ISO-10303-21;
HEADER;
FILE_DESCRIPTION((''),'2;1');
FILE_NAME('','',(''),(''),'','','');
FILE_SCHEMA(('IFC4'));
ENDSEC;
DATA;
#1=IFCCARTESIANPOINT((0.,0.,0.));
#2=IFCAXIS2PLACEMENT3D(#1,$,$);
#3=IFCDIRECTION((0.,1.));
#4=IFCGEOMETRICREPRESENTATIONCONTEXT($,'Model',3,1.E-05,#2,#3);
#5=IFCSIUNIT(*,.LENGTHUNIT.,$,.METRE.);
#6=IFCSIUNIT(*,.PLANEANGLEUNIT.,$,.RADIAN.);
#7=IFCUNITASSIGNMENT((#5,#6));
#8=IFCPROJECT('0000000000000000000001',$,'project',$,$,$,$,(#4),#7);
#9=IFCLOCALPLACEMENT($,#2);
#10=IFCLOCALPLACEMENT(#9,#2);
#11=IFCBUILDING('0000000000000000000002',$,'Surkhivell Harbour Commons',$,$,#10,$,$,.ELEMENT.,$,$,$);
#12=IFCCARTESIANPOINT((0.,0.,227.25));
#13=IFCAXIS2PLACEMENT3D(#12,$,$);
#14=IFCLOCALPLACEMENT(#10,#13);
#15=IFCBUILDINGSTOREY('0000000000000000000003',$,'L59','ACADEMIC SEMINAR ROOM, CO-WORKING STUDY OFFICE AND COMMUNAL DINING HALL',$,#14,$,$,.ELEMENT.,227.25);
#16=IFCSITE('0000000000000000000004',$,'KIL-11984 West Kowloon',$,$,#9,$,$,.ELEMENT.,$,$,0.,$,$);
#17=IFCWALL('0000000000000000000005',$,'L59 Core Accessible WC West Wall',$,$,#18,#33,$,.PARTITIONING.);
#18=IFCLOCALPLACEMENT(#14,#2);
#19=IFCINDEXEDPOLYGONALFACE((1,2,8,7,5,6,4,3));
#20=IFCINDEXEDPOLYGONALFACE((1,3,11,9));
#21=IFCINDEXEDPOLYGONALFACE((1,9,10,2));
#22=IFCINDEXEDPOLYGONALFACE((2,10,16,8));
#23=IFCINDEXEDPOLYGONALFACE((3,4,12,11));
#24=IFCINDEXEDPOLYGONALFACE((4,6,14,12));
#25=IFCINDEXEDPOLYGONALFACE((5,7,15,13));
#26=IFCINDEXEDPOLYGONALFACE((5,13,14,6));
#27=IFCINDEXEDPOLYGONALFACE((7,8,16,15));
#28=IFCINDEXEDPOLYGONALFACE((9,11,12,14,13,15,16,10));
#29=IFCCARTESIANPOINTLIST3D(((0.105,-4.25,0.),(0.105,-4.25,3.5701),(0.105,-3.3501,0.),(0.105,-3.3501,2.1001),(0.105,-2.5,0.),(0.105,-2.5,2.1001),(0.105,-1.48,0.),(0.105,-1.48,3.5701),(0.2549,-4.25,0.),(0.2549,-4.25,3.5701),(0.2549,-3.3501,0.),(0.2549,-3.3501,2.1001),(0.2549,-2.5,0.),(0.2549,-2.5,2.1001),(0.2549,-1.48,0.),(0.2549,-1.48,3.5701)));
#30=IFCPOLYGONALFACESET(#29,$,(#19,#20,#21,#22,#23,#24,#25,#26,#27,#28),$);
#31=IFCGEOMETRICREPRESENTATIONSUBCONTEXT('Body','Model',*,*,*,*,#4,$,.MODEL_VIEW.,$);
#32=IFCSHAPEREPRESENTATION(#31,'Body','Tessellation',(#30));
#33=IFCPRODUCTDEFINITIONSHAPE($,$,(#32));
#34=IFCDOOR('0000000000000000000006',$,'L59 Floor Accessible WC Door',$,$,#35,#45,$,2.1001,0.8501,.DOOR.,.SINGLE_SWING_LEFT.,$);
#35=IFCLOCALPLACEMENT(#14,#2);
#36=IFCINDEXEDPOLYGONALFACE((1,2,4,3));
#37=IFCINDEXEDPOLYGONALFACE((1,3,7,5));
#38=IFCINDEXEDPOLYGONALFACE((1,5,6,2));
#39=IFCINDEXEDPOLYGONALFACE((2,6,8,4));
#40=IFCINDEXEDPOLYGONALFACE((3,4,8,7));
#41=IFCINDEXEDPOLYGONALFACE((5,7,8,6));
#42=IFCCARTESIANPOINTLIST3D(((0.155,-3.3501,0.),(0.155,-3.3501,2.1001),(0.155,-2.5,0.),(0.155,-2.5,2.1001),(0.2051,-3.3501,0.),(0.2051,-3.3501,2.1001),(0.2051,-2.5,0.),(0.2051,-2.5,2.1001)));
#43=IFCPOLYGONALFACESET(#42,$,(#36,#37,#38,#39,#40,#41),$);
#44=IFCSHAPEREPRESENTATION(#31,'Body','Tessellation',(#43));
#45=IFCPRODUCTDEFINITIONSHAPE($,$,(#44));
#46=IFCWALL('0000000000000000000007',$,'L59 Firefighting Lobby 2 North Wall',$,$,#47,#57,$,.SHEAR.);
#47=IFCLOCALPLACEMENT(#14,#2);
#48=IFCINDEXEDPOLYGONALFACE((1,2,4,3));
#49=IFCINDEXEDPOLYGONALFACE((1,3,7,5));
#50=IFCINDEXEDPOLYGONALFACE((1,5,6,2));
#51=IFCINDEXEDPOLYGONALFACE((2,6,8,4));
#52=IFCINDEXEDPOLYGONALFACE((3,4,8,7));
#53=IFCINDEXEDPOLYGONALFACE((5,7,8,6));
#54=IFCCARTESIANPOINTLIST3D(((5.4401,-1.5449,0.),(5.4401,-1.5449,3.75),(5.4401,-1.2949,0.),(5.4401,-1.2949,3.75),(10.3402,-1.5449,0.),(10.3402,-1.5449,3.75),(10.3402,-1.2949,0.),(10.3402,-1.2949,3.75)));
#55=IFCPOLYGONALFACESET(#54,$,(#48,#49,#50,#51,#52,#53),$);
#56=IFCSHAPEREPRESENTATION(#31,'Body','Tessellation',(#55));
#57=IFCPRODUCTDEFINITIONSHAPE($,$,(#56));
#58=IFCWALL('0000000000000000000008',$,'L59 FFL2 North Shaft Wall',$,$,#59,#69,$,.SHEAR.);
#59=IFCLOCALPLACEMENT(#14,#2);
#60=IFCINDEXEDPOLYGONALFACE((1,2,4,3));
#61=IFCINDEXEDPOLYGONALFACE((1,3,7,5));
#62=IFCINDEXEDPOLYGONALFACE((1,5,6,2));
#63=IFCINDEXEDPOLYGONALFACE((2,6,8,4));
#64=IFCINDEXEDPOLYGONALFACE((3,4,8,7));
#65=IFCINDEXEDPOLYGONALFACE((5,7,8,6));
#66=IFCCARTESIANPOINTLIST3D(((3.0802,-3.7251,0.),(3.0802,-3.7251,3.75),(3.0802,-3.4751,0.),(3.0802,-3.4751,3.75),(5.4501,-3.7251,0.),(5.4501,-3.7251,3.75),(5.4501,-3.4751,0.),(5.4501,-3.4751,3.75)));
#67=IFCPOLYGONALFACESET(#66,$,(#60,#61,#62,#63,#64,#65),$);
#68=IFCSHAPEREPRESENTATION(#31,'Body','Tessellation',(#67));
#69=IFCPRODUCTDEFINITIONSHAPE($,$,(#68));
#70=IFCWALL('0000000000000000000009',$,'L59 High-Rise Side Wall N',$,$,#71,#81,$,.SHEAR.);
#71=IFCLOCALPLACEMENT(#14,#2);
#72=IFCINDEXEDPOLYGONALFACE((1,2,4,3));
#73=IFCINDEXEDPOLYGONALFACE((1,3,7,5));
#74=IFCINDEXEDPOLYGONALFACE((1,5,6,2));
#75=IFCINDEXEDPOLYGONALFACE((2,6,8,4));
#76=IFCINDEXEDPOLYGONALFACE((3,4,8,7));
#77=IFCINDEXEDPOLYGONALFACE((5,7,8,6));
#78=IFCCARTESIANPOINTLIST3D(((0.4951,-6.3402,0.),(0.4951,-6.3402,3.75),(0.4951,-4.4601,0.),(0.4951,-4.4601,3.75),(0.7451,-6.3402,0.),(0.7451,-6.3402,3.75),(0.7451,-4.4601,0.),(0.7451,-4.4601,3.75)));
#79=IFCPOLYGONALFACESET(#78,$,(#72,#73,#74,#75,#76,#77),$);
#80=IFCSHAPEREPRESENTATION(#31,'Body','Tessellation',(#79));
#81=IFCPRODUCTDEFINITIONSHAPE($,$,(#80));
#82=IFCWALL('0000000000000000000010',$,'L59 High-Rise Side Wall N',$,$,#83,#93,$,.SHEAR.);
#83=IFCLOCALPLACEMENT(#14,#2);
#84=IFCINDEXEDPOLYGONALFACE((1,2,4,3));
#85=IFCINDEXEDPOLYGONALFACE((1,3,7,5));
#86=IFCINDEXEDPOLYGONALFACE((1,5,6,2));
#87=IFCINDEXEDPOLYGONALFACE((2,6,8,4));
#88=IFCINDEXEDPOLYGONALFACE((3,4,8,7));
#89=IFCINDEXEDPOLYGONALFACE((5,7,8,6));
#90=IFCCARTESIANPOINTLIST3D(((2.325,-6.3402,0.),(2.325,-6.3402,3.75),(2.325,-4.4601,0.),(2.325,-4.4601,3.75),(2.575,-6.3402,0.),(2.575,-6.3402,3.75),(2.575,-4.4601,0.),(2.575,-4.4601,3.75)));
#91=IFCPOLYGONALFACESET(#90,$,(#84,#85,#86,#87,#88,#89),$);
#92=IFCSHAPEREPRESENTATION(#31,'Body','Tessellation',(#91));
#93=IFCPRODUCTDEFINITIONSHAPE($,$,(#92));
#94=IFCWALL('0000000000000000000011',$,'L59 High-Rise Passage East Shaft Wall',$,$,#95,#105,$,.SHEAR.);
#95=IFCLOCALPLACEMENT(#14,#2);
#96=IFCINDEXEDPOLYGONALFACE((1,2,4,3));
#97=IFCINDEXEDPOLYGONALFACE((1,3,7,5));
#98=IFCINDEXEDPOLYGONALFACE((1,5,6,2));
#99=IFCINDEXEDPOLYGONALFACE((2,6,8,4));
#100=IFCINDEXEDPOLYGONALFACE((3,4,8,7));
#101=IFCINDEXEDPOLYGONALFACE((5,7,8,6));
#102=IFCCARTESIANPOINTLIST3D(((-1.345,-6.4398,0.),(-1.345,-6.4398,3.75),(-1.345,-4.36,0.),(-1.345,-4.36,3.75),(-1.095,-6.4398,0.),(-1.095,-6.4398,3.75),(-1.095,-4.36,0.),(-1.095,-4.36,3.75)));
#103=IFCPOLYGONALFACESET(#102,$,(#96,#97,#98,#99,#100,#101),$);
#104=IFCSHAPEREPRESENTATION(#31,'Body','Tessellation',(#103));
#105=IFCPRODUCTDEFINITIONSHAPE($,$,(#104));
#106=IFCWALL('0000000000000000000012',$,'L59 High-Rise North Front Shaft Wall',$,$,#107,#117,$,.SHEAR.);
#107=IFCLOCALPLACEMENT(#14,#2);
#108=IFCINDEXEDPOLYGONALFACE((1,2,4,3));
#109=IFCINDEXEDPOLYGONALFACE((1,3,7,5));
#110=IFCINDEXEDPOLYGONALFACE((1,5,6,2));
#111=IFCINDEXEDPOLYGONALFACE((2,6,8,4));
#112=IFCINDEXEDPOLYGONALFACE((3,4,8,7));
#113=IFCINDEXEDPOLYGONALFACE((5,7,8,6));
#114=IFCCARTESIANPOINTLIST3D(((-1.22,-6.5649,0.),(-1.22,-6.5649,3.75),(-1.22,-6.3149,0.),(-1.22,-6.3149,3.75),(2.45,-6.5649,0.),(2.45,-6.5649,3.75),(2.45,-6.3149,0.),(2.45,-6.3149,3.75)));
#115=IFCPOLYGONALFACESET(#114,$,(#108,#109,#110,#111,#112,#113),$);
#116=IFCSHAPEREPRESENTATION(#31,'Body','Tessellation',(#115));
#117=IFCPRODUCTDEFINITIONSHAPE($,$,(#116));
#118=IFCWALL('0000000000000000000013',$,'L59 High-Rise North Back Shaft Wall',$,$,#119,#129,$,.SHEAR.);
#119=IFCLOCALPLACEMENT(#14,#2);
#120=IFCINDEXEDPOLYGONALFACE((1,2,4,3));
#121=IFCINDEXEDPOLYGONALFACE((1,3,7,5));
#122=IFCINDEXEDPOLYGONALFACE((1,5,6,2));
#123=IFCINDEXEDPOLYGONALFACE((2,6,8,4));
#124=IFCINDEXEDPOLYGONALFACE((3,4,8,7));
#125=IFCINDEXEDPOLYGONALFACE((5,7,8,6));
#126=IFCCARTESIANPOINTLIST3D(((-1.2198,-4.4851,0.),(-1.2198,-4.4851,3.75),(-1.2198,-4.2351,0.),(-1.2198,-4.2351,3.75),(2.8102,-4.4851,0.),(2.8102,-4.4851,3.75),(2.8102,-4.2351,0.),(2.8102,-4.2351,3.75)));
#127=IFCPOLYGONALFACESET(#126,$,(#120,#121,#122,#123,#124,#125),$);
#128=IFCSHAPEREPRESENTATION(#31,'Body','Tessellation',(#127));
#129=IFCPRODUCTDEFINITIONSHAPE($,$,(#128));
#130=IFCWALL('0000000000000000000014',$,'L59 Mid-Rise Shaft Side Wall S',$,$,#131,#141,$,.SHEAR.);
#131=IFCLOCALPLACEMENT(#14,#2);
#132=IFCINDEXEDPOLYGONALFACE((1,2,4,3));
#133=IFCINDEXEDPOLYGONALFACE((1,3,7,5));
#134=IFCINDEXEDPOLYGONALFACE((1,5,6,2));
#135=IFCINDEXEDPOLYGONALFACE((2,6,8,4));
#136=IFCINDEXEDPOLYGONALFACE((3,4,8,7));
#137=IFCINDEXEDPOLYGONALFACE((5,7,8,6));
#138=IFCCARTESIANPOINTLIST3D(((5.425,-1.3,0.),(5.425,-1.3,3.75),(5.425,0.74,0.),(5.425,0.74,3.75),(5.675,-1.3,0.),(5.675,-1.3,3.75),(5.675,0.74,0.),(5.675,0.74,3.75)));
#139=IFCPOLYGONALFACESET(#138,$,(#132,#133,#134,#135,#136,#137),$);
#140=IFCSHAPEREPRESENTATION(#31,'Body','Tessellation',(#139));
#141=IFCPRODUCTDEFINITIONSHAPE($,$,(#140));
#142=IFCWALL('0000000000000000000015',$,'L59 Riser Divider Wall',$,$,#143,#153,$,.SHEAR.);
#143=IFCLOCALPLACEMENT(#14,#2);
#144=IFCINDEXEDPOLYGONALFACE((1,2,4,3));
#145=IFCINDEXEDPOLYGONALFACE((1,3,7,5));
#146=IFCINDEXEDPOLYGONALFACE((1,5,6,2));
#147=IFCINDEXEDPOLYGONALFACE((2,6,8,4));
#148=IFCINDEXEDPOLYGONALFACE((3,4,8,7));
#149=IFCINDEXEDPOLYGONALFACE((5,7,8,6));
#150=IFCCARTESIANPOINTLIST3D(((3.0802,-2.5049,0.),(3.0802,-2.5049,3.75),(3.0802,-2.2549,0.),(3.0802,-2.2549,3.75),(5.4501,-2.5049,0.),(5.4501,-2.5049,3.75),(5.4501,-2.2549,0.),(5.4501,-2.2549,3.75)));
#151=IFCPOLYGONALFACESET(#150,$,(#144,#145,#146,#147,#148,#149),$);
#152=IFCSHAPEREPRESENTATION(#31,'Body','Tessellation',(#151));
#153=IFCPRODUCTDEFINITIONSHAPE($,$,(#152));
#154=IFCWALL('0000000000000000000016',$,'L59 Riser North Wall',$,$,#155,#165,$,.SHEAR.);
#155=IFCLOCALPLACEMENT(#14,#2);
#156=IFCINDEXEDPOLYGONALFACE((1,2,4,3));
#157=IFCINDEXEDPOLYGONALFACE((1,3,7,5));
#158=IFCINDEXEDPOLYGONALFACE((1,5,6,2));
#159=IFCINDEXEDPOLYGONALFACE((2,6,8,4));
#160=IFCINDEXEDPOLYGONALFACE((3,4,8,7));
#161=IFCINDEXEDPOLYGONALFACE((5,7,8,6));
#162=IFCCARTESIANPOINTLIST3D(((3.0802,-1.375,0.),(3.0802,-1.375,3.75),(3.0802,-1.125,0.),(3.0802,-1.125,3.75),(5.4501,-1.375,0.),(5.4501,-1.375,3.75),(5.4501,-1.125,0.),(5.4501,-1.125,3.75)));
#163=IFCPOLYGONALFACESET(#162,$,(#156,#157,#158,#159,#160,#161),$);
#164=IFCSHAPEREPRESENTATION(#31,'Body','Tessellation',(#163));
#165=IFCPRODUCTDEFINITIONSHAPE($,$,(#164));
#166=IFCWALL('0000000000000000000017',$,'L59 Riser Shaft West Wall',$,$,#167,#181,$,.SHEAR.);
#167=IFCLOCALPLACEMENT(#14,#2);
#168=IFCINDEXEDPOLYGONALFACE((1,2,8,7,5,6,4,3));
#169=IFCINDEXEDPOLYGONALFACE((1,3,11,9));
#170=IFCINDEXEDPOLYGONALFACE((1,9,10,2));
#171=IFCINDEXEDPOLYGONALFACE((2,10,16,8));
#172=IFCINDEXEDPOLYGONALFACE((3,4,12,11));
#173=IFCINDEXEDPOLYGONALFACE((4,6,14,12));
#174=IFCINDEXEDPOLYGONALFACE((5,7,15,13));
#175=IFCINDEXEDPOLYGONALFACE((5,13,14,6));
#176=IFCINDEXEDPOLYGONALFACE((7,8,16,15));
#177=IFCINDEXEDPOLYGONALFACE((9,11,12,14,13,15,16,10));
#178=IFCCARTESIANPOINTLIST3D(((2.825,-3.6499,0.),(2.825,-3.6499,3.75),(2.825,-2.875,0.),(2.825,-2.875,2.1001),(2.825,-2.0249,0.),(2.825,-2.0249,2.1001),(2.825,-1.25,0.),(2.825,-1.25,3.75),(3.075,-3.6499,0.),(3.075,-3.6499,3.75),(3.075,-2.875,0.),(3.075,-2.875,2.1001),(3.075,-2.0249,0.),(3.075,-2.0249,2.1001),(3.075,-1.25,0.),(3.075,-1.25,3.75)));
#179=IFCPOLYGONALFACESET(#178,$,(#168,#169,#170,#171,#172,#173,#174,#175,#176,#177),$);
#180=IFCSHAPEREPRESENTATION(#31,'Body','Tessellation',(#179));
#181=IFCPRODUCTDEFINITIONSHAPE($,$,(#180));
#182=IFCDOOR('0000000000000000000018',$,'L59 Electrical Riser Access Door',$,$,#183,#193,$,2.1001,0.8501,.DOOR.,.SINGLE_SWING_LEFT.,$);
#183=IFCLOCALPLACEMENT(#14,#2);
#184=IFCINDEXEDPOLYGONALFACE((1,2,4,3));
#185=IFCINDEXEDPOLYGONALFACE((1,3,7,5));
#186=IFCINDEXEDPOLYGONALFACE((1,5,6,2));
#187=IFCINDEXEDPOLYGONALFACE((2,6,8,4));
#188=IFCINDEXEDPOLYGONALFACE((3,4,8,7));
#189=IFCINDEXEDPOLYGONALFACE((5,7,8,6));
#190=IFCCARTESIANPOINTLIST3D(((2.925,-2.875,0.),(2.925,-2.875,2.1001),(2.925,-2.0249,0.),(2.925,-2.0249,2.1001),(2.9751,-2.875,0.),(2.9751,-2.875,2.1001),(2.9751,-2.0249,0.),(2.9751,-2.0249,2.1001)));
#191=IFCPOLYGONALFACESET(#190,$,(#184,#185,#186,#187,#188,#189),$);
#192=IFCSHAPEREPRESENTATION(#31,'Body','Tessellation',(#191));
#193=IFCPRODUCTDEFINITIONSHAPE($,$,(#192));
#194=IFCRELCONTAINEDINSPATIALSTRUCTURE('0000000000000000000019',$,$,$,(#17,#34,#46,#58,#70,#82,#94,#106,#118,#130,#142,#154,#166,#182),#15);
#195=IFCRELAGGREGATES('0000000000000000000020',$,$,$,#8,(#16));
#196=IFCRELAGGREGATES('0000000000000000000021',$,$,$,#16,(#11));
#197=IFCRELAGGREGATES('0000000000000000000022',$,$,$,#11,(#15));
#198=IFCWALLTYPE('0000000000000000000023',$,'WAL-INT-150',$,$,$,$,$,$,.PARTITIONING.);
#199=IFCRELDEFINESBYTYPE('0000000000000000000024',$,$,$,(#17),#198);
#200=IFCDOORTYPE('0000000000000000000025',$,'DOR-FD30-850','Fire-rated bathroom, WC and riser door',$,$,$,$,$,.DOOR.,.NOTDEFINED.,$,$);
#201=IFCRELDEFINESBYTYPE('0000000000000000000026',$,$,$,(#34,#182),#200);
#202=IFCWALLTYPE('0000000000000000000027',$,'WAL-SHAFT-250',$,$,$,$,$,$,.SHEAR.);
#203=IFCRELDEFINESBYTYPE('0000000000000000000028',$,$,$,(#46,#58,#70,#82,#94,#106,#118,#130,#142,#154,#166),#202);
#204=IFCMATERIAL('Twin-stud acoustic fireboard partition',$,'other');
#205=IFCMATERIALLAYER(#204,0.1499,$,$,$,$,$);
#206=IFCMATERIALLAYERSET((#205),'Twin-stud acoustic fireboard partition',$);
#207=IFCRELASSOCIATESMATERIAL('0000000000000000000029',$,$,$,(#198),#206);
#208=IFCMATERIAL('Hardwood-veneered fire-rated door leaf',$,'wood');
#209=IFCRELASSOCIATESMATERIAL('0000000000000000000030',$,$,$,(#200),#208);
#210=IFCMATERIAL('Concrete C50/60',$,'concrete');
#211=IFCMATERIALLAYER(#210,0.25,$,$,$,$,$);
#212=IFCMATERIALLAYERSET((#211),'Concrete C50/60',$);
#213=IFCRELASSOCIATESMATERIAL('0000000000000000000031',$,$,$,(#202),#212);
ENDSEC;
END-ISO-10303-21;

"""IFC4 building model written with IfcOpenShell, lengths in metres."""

from ifc_helpers import new_model, si_unit, direction, frame, frame_2d, origin, place, context, subcontext, project, spatial, rectangle, extrude, material, layer, layer_set, type_object, element, fill, save


model = new_model("IFC4")

# Units and contexts
model_context = context("Model", 3, precision=1e-05, world=origin(), true_north=direction((0.0, 1.0)))
body_context = subcontext(model_context, "Body", "Model", "MODEL_VIEW")
ifc_project = project(units=[si_unit("LENGTHUNIT", "METRE"), si_unit("PLANEANGLEUNIT", "RADIAN")], contexts=[model_context])

# Site, building, storey
site_placement = place(None, origin())
site = spatial("IfcSite", under=ifc_project, at=site_placement, Name="KIL-11984 West Kowloon", CompositionType="ELEMENT", RefElevation=0.0)
building_placement = place(site_placement, origin())
building = spatial("IfcBuilding", under=site, at=building_placement, Name="Surkhivell Harbour Commons", CompositionType="ELEMENT")
storey_placement = place(building_placement, frame((0.0, 0.0, 227.25)))
storey = spatial("IfcBuildingStorey", under=building, at=storey_placement, Name="L59", Description="ACADEMIC SEMINAR ROOM, CO-WORKING STUDY OFFICE AND COMMUNAL DINING HALL", CompositionType="ELEMENT", Elevation=227.25)

# Shared definitions
ifc_material_1 = material(Name="Twin-stud acoustic fireboard partition", Category="other")
ifc_layer_1 = layer(ifc_material_1, 0.1499)
ifc_layer_set_1 = layer_set([ifc_layer_1], Name="Twin-stud acoustic fireboard partition")
wall_type_1 = type_object("IfcWallType", Name="WAL-INT-150", PredefinedType="PARTITIONING", material=ifc_layer_set_1)

# Wall, opening, door
wall_1_placement = place(storey_placement, frame((0.1799, -4.25, 0.0), z_axis=(0.0, 0.0, 1.0), x_axis=(0.0, 1.0, 0.0)))
wall_1 = element("IfcWall", 1, at=wall_1_placement, inside=storey, type_object=wall_type_1, Name="L59 Core Accessible WC West Wall", PredefinedType="PARTITIONING", context=body_context, shape_type="SweptSolid", body=[
    extrude(rectangle(XDim=2.77, YDim=0.1499, at=frame_2d((1.385, 0.0))), origin(), (0.0, 0.0, 1.0), 3.5701),
])
opening_1_placement = place(wall_1_placement, frame((0.8999, 0.0, 0.0)))
opening_1 = element("IfcOpeningElement", 2, at=opening_1_placement, cuts=wall_1, PredefinedType="OPENING", context=body_context, shape_type="SweptSolid", body=[
    extrude(rectangle(XDim=0.8501, YDim=2.1001, at=frame_2d((0.425, 1.05))), frame((0.0, 0.085, 0.0), z_axis=(0.0, -1.0, 0.0), x_axis=(1.0, 0.0, 0.0)), (0.0, 0.0, 1.0), 0.1699),
])
ifc_material_2 = material(Name="Hardwood-veneered fire-rated door leaf", Category="wood")
door_type = type_object("IfcDoorType", Name="DOR-FD30-850", Description="Fire-rated bathroom, WC and riser door", OperationType="NOTDEFINED", PredefinedType="DOOR", material=ifc_material_2)
door_1_placement = place(opening_1_placement, origin())
door_1 = element("IfcDoor", 3, at=door_1_placement, inside=storey, type_object=door_type, Name="L59 Floor Accessible WC Door", OperationType="SINGLE_SWING_LEFT", OverallHeight=2.1001, OverallWidth=0.8501, PredefinedType="DOOR", context=body_context, shape_type="SweptSolid", body=[
    extrude(rectangle(XDim=0.8501, YDim=2.1001, at=frame_2d((0.425, 1.05))), frame((0.0, 0.0249, 0.0), z_axis=(0.0, -1.0, 0.0), x_axis=(1.0, 0.0, 0.0)), (0.0, 0.0, 1.0), 0.05),
])
fill(opening_1, door_1)

# Walls
ifc_material_3 = material(Name="Concrete C50/60", Category="concrete")
ifc_layer_2 = layer(ifc_material_3, 0.25)
ifc_layer_set_2 = layer_set([ifc_layer_2], Name="Concrete C50/60")
wall_type_2 = type_object("IfcWallType", Name="WAL-SHAFT-250", PredefinedType="SHEAR", material=ifc_layer_set_2)
wall_2_placement = place(storey_placement, frame((5.4399, -1.4199, 0.0), z_axis=(0.0, 0.0, 1.0), x_axis=(1.0, 0.0, 0.0)))
element("IfcWall", 4, at=wall_2_placement, inside=storey, type_object=wall_type_2, Name="L59 Firefighting Lobby 2 North Wall", PredefinedType="SHEAR", context=body_context, shape_type="SweptSolid", body=[
    extrude(rectangle(XDim=4.9001, YDim=0.25, at=frame_2d((2.4502, 0.0))), origin(), (0.0, 0.0, 1.0), 3.75),
])
wall_3_placement = place(storey_placement, frame((3.0801, -3.6001, 0.0), z_axis=(0.0, 0.0, 1.0), x_axis=(1.0, 0.0, 0.0)))
element("IfcWall", 5, at=wall_3_placement, inside=storey, type_object=wall_type_2, Name="L59 FFL2 North Shaft Wall", PredefinedType="SHEAR", context=body_context, shape_type="SweptSolid", body=[
    extrude(rectangle(XDim=2.3699, YDim=0.25, at=frame_2d((1.1851, 0.0))), origin(), (0.0, 0.0, 1.0), 3.75),
])
for number, where, z_axis, x_axis, name in (
    (6, (0.6201, -6.3401, 0.0), (0.0, 0.0, 1.0), (0.0, 1.0, 0.0), "L59 High-Rise Side Wall N"),
    (7, (2.45, -6.3401, 0.0), (0.0, 0.0, 1.0), (0.0, 1.0, 0.0), "L59 High-Rise Side Wall N"),
):
    element("IfcWall", number, at=place(storey_placement, frame(where, z_axis=z_axis, x_axis=x_axis)), inside=storey, type_object=wall_type_2, Name=name, PredefinedType="SHEAR", context=body_context, shape_type="SweptSolid", body=[
        extrude(rectangle(XDim=1.8801, YDim=0.25, at=frame_2d((0.9399, 0.0))), origin(), (0.0, 0.0, 1.0), 3.75),
    ])
wall_4_placement = place(storey_placement, frame((-1.22, -6.4399, 0.0), z_axis=(0.0, 0.0, 1.0), x_axis=(0.0, 1.0, 0.0)))
element("IfcWall", 8, at=wall_4_placement, inside=storey, type_object=wall_type_2, Name="L59 High-Rise Passage East Shaft Wall", PredefinedType="SHEAR", context=body_context, shape_type="SweptSolid", body=[
    extrude(rectangle(XDim=2.0798, YDim=0.25, at=frame_2d((1.04, 0.0))), origin(), (0.0, 0.0, 1.0), 3.75),
])
wall_5_placement = place(storey_placement, frame((-1.22, -6.4399, 0.0), z_axis=(0.0, 0.0, 1.0), x_axis=(1.0, 0.0, 0.0)))
element("IfcWall", 9, at=wall_5_placement, inside=storey, type_object=wall_type_2, Name="L59 High-Rise North Front Shaft Wall", PredefinedType="SHEAR", context=body_context, shape_type="SweptSolid", body=[
    extrude(rectangle(XDim=3.6699, YDim=0.25, at=frame_2d((1.835, 0.0))), origin(), (0.0, 0.0, 1.0), 3.75),
])
wall_6_placement = place(storey_placement, frame((-1.22, -4.3601, 0.0), z_axis=(0.0, 0.0, 1.0), x_axis=(1.0, 0.0, 0.0)))
element("IfcWall", 10, at=wall_6_placement, inside=storey, type_object=wall_type_2, Name="L59 High-Rise North Back Shaft Wall", PredefinedType="SHEAR", context=body_context, shape_type="SweptSolid", body=[
    extrude(rectangle(XDim=4.03, YDim=0.25, at=frame_2d((2.0151, 0.0))), origin(), (0.0, 0.0, 1.0), 3.75),
])
wall_7_placement = place(storey_placement, frame((5.55, -1.3, 0.0), z_axis=(0.0, 0.0, 1.0), x_axis=(0.0, 1.0, 0.0)))
element("IfcWall", 11, at=wall_7_placement, inside=storey, type_object=wall_type_2, Name="L59 Mid-Rise Shaft Side Wall S", PredefinedType="SHEAR", context=body_context, shape_type="SweptSolid", body=[
    extrude(rectangle(XDim=2.04, YDim=0.25, at=frame_2d((1.02, 0.0))), origin(), (0.0, 0.0, 1.0), 3.75),
])
for number, where, z_axis, x_axis, name in (
    (12, (3.0801, -2.3799, 0.0), (0.0, 0.0, 1.0), (1.0, 0.0, 0.0), "L59 Riser Divider Wall"),
    (13, (3.0801, -1.25, 0.0), (0.0, 0.0, 1.0), (1.0, 0.0, 0.0), "L59 Riser North Wall"),
):
    element("IfcWall", number, at=place(storey_placement, frame(where, z_axis=z_axis, x_axis=x_axis)), inside=storey, type_object=wall_type_2, Name=name, PredefinedType="SHEAR", context=body_context, shape_type="SweptSolid", body=[
        extrude(rectangle(XDim=2.3699, YDim=0.25, at=frame_2d((1.1851, 0.0))), origin(), (0.0, 0.0, 1.0), 3.75),
    ])

# Wall, opening, door
wall_8_placement = place(storey_placement, frame((2.95, -3.6499, 0.0), z_axis=(0.0, 0.0, 1.0), x_axis=(0.0, 1.0, 0.0)))
wall_8 = element("IfcWall", 14, at=wall_8_placement, inside=storey, type_object=wall_type_2, Name="L59 Riser Shaft West Wall", PredefinedType="SHEAR", context=body_context, shape_type="SweptSolid", body=[
    extrude(rectangle(XDim=2.3999, YDim=0.25, at=frame_2d((1.2, 0.0))), origin(), (0.0, 0.0, 1.0), 3.75),
])
opening_2_placement = place(wall_8_placement, frame((0.7749, 0.0, 0.0)))
opening_2 = element("IfcOpeningElement", 15, at=opening_2_placement, cuts=wall_8, PredefinedType="OPENING", context=body_context, shape_type="SweptSolid", body=[
    extrude(rectangle(XDim=0.8501, YDim=2.1001, at=frame_2d((0.425, 1.05))), frame((0.0, 0.135, 0.0), z_axis=(0.0, -1.0, 0.0), x_axis=(1.0, 0.0, 0.0)), (0.0, 0.0, 1.0), 0.27),
])
door_2_placement = place(opening_2_placement, origin())
door_2 = element("IfcDoor", 16, at=door_2_placement, inside=storey, type_object=door_type, Name="L59 Electrical Riser Access Door", OperationType="SINGLE_SWING_LEFT", OverallHeight=2.1001, OverallWidth=0.8501, PredefinedType="DOOR", context=body_context, shape_type="SweptSolid", body=[
    extrude(rectangle(XDim=0.8501, YDim=2.1001, at=frame_2d((0.425, 1.05))), frame((0.0, 0.0249, 0.0), z_axis=(0.0, -1.0, 0.0), x_axis=(1.0, 0.0, 0.0)), (0.0, 0.0, 1.0), 0.05),
])
fill(opening_2, door_2)

save(model, "model.ifc")
